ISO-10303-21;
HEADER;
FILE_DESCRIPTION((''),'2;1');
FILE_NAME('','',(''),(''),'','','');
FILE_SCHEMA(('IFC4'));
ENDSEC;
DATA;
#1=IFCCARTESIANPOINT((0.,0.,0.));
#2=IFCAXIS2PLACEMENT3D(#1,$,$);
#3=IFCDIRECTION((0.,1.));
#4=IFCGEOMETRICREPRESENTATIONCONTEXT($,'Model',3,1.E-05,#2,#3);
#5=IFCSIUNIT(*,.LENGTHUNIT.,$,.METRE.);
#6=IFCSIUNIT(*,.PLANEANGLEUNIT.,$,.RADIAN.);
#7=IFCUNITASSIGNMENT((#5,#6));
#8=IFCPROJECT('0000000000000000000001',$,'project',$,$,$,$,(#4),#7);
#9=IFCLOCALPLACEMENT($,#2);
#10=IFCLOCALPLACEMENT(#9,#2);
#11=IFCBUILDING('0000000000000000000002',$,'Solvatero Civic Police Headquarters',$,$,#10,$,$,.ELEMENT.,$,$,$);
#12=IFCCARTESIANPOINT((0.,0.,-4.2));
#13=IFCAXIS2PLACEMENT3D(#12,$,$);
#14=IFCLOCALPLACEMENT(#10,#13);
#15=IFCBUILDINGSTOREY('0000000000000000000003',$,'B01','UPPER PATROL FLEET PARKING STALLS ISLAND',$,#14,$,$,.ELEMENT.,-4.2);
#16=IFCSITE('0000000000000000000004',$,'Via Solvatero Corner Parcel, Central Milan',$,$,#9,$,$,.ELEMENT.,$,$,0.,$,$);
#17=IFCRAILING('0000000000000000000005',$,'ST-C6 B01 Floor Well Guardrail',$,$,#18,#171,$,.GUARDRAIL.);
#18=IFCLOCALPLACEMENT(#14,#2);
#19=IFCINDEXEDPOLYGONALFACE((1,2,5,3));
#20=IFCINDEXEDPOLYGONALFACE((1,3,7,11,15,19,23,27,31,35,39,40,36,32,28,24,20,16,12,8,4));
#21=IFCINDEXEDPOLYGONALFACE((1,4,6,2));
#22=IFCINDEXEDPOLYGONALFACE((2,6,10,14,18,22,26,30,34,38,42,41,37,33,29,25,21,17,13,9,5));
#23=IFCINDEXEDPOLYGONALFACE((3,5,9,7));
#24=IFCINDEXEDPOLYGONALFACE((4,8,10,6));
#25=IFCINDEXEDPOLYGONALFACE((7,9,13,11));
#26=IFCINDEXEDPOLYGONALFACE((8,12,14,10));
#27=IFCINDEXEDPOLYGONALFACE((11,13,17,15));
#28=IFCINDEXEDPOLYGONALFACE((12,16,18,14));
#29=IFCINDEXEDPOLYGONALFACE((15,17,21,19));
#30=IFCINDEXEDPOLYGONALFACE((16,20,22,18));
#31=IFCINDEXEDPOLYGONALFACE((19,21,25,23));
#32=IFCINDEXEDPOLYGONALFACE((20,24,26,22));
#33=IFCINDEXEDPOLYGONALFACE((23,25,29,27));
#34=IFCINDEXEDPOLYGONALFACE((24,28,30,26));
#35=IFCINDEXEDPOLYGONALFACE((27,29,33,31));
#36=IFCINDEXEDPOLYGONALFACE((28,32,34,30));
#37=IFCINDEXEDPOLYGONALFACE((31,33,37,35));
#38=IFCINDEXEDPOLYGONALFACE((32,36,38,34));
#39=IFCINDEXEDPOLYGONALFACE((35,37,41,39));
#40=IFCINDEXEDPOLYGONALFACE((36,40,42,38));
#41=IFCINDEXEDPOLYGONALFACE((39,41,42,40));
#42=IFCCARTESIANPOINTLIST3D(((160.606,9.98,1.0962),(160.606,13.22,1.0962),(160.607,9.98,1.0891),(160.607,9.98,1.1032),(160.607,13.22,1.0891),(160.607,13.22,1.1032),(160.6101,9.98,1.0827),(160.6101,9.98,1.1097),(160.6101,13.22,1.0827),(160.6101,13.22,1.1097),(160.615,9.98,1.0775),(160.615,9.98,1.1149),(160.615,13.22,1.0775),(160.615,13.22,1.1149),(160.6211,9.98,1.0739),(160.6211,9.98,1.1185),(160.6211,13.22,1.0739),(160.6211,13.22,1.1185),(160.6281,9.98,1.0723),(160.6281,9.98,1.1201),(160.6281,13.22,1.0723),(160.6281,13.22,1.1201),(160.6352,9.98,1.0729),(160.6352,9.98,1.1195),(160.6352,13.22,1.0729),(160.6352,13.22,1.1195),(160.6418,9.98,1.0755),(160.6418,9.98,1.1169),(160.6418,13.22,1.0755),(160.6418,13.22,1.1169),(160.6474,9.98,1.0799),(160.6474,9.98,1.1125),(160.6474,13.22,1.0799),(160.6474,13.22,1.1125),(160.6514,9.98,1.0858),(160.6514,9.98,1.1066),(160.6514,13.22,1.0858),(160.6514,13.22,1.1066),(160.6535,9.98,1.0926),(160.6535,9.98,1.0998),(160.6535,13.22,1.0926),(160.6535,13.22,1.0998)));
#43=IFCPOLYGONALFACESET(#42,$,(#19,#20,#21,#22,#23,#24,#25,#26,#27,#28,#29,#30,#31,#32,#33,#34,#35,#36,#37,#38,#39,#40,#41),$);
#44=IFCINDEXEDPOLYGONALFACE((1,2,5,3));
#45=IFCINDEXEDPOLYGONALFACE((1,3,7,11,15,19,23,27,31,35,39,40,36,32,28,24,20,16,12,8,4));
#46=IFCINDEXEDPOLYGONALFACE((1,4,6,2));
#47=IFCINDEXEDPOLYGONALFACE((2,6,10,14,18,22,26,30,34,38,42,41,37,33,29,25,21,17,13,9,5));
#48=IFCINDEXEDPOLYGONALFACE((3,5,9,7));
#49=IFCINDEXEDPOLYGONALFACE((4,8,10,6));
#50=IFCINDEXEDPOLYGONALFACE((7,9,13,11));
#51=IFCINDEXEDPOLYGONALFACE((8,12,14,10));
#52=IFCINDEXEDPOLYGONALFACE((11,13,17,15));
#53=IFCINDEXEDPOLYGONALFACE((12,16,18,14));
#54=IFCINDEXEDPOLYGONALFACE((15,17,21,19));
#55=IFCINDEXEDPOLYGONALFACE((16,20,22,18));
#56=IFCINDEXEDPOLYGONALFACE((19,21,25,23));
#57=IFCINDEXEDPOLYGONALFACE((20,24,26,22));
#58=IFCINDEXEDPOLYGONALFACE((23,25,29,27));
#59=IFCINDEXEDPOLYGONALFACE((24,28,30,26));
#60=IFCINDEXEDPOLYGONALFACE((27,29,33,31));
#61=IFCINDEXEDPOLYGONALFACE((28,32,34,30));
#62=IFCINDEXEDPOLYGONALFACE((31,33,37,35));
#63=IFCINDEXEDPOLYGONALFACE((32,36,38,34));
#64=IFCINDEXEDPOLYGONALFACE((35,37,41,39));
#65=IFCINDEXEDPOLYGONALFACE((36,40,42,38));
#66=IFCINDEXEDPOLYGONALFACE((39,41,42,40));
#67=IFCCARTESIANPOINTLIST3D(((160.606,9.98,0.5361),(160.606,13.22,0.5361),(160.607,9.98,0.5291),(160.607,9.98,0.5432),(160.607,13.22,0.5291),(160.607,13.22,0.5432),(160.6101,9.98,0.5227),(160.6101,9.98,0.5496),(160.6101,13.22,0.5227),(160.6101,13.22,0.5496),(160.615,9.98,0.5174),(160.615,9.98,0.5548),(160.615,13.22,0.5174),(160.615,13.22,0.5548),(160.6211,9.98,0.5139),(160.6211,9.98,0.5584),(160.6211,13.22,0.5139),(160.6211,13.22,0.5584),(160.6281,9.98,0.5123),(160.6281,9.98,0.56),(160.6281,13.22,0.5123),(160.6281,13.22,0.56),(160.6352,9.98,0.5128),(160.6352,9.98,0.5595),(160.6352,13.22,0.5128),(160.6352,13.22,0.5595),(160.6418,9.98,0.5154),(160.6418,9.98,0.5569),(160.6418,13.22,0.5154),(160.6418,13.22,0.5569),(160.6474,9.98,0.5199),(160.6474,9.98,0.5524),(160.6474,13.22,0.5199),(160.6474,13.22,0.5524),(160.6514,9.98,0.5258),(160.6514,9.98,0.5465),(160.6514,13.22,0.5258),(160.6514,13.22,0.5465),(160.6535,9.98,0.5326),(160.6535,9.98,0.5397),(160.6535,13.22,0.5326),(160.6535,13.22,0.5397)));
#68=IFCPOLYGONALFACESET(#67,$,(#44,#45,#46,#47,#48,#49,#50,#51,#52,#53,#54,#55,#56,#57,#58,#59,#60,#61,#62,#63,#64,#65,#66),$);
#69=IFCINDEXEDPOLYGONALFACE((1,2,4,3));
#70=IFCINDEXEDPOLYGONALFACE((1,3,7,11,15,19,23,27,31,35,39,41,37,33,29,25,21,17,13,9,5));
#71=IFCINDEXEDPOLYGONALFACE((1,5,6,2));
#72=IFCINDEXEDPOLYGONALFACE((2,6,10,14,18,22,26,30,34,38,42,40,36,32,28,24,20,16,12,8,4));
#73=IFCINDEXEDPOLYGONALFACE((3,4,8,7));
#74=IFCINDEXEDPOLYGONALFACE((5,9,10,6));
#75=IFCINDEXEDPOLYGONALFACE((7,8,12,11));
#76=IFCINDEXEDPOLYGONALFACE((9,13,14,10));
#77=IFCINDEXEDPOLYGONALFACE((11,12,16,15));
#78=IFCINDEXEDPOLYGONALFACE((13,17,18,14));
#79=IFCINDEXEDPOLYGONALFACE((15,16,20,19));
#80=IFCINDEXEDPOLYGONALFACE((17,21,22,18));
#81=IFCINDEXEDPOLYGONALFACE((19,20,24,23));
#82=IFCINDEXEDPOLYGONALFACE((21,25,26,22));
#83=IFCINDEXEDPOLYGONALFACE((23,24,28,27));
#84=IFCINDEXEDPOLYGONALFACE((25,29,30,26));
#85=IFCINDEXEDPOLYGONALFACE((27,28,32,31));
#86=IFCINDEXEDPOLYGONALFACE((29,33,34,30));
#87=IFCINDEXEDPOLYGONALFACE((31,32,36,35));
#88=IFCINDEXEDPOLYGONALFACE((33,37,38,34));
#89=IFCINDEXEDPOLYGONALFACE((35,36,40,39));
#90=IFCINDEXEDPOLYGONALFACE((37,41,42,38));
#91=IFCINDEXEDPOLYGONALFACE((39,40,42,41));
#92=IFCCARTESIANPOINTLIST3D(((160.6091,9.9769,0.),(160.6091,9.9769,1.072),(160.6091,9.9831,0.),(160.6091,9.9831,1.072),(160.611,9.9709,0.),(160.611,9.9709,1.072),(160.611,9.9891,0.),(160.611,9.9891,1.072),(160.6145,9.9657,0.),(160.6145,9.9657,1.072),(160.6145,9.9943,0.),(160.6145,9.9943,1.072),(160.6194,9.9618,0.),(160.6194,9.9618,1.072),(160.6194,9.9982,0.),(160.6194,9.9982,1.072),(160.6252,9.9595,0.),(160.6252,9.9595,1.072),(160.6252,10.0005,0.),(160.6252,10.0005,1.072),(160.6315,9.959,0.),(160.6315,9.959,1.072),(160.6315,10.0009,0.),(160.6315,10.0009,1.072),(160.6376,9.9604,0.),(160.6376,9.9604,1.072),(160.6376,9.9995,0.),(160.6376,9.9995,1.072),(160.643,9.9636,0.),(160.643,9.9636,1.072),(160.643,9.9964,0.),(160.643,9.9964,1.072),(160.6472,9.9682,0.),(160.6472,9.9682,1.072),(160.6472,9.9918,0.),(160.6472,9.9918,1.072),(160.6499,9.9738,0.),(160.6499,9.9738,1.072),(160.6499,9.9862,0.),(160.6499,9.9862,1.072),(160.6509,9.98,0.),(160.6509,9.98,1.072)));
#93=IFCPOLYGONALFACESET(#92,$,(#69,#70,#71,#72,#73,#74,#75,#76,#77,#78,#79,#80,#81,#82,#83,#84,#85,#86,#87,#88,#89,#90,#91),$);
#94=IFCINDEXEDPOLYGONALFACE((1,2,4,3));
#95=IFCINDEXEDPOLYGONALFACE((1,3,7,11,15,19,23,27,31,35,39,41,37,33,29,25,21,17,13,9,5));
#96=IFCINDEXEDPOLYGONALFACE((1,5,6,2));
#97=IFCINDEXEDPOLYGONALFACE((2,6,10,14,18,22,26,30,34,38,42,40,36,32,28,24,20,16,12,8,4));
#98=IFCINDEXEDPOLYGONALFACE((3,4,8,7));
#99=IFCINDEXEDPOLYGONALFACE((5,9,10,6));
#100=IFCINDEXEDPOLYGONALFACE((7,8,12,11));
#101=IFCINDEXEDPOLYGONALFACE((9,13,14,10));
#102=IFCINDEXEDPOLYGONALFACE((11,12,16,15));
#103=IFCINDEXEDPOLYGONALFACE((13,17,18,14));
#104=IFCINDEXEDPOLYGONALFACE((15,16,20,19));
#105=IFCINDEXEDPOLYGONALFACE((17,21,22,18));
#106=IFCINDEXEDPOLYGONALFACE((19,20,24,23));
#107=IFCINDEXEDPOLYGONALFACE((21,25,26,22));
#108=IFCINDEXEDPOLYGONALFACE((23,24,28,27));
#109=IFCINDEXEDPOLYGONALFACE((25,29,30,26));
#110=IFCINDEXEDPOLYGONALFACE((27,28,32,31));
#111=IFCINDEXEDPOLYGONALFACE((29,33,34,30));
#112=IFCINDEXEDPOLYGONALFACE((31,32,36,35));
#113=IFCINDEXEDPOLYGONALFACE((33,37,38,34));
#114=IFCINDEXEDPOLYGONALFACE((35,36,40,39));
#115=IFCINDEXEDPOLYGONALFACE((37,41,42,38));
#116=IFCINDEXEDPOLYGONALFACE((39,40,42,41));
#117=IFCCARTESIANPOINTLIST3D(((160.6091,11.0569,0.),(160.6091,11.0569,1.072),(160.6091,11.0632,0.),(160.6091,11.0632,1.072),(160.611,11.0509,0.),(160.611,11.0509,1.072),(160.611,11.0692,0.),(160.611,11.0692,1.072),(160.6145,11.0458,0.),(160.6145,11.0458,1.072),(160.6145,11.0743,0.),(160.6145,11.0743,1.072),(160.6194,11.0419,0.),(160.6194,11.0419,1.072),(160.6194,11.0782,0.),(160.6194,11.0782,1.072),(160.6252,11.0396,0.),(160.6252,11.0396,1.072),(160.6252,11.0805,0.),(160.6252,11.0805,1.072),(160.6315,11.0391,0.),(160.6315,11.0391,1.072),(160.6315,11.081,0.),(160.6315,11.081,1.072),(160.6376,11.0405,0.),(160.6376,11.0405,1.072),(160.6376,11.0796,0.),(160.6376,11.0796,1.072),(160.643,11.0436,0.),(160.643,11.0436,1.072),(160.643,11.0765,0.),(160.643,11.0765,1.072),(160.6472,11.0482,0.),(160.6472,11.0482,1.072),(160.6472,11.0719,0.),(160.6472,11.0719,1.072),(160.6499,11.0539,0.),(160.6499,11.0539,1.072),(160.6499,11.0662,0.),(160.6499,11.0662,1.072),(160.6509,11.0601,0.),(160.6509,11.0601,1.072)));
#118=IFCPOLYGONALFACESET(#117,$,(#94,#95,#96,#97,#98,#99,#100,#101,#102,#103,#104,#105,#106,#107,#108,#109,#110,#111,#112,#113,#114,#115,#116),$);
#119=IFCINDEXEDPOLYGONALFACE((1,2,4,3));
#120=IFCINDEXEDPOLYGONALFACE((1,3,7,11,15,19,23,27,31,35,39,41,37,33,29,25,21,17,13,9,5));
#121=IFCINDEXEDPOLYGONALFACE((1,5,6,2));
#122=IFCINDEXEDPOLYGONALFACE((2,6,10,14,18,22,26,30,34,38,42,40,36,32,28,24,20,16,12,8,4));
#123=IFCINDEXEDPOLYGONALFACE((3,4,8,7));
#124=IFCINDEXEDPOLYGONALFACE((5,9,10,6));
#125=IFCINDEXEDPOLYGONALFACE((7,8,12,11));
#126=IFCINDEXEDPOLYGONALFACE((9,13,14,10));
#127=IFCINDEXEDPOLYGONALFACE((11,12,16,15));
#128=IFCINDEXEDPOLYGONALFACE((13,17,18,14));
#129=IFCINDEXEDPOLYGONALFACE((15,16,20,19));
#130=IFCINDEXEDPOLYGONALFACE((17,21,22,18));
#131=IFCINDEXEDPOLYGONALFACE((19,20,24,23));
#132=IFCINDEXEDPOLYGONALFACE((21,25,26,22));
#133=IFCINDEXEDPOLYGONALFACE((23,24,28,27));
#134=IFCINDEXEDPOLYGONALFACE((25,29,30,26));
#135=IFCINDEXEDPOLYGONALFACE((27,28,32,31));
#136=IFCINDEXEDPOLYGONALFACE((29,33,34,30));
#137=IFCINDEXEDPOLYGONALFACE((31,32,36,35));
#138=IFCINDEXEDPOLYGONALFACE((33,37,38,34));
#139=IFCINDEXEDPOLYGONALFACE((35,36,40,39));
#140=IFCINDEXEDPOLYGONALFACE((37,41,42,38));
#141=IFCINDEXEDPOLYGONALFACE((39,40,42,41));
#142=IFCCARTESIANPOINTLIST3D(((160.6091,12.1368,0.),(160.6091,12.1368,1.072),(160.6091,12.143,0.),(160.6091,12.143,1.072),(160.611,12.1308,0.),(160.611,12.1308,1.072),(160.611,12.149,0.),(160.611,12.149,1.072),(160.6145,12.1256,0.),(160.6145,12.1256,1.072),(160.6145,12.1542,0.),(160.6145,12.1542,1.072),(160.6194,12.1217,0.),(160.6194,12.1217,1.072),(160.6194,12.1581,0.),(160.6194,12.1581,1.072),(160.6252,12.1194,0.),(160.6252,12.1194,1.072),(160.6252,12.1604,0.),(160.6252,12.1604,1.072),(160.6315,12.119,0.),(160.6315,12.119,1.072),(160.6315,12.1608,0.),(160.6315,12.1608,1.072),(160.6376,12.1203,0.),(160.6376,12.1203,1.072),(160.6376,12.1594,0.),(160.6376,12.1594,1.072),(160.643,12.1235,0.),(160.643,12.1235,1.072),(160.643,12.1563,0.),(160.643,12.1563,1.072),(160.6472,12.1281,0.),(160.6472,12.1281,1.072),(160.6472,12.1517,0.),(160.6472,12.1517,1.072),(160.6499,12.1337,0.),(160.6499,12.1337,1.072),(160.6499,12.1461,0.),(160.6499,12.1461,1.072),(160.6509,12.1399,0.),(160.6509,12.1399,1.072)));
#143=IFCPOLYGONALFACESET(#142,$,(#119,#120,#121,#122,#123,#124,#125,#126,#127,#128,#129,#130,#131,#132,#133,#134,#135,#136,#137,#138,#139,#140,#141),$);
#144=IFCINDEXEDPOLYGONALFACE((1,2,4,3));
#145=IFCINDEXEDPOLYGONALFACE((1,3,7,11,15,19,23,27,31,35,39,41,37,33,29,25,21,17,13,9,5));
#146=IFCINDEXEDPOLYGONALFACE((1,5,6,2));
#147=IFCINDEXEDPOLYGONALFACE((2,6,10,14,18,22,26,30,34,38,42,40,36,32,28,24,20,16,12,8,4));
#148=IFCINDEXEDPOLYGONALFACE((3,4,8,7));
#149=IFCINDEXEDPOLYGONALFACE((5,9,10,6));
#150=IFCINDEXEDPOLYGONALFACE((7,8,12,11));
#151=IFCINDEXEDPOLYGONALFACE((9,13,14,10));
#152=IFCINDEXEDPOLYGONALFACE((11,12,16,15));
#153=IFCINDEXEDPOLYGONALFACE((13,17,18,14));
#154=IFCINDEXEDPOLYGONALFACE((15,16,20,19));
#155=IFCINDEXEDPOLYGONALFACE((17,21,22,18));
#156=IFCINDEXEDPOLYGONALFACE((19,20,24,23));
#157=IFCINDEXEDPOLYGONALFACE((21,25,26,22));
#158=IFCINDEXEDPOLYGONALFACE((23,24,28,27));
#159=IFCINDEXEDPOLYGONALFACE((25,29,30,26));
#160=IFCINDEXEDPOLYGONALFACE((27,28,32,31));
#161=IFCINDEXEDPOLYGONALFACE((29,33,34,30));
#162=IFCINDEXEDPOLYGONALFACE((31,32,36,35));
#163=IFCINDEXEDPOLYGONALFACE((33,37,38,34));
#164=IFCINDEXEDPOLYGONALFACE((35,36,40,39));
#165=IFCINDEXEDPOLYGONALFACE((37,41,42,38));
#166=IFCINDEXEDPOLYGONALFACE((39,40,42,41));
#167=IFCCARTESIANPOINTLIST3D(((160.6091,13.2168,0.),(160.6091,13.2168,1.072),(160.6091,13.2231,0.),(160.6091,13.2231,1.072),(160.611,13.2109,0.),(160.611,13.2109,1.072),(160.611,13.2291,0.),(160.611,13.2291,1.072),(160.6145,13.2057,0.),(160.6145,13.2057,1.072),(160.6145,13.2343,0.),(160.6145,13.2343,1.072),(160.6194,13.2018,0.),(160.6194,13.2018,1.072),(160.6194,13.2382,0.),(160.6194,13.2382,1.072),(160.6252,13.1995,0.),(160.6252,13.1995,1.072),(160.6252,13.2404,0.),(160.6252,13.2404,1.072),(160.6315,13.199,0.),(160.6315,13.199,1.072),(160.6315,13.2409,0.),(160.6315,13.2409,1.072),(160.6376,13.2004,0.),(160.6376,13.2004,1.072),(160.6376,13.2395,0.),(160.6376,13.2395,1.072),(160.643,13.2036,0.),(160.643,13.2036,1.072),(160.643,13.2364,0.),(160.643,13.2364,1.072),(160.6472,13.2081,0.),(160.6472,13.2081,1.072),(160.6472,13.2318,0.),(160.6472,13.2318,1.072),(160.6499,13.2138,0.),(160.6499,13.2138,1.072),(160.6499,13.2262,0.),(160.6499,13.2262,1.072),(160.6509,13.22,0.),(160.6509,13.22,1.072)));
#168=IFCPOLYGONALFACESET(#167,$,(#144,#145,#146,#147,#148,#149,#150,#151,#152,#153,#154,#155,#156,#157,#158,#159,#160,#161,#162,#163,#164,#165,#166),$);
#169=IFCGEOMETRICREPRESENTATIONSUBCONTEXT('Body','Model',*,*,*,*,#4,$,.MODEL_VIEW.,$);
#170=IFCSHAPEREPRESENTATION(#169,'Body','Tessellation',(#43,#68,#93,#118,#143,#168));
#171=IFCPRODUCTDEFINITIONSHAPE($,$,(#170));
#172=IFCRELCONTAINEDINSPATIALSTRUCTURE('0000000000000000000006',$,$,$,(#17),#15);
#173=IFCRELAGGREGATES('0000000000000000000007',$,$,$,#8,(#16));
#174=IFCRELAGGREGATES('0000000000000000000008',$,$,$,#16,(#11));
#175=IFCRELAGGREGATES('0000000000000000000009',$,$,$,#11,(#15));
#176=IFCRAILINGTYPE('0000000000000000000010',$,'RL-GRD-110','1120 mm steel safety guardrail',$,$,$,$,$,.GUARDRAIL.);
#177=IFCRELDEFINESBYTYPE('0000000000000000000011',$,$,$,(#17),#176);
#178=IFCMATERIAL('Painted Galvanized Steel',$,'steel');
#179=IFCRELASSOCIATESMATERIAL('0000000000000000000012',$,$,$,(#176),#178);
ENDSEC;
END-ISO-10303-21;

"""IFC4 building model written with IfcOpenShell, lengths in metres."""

from ifc_helpers import new_model, si_unit, direction, frame, origin, origin_2d, place, context, subcontext, project, spatial, circle, extrude, material, type_object, element, save


model = new_model("IFC4")

# Units and contexts
model_context = context("Model", 3, precision=1e-05, world=origin(), true_north=direction((0.0, 1.0)))
body_context = subcontext(model_context, "Body", "Model", "MODEL_VIEW")
ifc_project = project(units=[si_unit("LENGTHUNIT", "METRE"), si_unit("PLANEANGLEUNIT", "RADIAN")], contexts=[model_context])

# Site, building, storey
site_placement = place(None, origin())
site = spatial("IfcSite", under=ifc_project, at=site_placement, Name="Via Solvatero Corner Parcel, Central Milan", CompositionType="ELEMENT", RefElevation=0.0)
building_placement = place(site_placement, origin())
building = spatial("IfcBuilding", under=site, at=building_placement, Name="Solvatero Civic Police Headquarters", CompositionType="ELEMENT")
storey_placement = place(building_placement, frame((0.0, 0.0, -4.2)))
storey = spatial("IfcBuildingStorey", under=building, at=storey_placement, Name="B01", Description="UPPER PATROL FLEET PARKING STALLS ISLAND", CompositionType="ELEMENT", Elevation=-4.2)

# Railing
ifc_material_1 = material(Name="Painted Galvanized Steel", Category="steel")
railing_type_1 = type_object("IfcRailingType", Name="RL-GRD-110", Description="1120 mm steel safety guardrail", PredefinedType="GUARDRAIL", material=ifc_material_1)
railing_1_placement = place(storey_placement, frame((160.6299, 9.98, 0.0)))
element("IfcRailing", 1, at=railing_1_placement, inside=storey, type_object=railing_type_1, Name="ST-C6 B01 Floor Well Guardrail", PredefinedType="GUARDRAIL", context=body_context, shape_type="SweptSolid", body=[
    extrude(circle(Radius=0.0239, at=origin_2d()), frame((0.0, 0.0, 1.0962), z_axis=(0.0, 1.0, 0.0), x_axis=(-1.0, 0.0, 0.0)), (0.0, 0.0, 1.0), 3.24),
    extrude(circle(Radius=0.0239, at=origin_2d()), frame((0.0, 0.0, 0.5361), z_axis=(0.0, 1.0, 0.0), x_axis=(-1.0, 0.0, 0.0)), (0.0, 0.0, 1.0), 3.24),
    extrude(circle(Radius=0.021, at=origin_2d()), origin(), (0.0, 0.0, 1.0), 1.072),
    extrude(circle(Radius=0.021, at=origin_2d()), frame((0.0, 1.0801, 0.0)), (0.0, 0.0, 1.0), 1.072),
    extrude(circle(Radius=0.021, at=origin_2d()), frame((0.0, 2.1599, 0.0)), (0.0, 0.0, 1.0), 1.072),
    extrude(circle(Radius=0.021, at=origin_2d()), frame((0.0, 3.24, 0.0)), (0.0, 0.0, 1.0), 1.072),
])

save(model, "model.ifc")
